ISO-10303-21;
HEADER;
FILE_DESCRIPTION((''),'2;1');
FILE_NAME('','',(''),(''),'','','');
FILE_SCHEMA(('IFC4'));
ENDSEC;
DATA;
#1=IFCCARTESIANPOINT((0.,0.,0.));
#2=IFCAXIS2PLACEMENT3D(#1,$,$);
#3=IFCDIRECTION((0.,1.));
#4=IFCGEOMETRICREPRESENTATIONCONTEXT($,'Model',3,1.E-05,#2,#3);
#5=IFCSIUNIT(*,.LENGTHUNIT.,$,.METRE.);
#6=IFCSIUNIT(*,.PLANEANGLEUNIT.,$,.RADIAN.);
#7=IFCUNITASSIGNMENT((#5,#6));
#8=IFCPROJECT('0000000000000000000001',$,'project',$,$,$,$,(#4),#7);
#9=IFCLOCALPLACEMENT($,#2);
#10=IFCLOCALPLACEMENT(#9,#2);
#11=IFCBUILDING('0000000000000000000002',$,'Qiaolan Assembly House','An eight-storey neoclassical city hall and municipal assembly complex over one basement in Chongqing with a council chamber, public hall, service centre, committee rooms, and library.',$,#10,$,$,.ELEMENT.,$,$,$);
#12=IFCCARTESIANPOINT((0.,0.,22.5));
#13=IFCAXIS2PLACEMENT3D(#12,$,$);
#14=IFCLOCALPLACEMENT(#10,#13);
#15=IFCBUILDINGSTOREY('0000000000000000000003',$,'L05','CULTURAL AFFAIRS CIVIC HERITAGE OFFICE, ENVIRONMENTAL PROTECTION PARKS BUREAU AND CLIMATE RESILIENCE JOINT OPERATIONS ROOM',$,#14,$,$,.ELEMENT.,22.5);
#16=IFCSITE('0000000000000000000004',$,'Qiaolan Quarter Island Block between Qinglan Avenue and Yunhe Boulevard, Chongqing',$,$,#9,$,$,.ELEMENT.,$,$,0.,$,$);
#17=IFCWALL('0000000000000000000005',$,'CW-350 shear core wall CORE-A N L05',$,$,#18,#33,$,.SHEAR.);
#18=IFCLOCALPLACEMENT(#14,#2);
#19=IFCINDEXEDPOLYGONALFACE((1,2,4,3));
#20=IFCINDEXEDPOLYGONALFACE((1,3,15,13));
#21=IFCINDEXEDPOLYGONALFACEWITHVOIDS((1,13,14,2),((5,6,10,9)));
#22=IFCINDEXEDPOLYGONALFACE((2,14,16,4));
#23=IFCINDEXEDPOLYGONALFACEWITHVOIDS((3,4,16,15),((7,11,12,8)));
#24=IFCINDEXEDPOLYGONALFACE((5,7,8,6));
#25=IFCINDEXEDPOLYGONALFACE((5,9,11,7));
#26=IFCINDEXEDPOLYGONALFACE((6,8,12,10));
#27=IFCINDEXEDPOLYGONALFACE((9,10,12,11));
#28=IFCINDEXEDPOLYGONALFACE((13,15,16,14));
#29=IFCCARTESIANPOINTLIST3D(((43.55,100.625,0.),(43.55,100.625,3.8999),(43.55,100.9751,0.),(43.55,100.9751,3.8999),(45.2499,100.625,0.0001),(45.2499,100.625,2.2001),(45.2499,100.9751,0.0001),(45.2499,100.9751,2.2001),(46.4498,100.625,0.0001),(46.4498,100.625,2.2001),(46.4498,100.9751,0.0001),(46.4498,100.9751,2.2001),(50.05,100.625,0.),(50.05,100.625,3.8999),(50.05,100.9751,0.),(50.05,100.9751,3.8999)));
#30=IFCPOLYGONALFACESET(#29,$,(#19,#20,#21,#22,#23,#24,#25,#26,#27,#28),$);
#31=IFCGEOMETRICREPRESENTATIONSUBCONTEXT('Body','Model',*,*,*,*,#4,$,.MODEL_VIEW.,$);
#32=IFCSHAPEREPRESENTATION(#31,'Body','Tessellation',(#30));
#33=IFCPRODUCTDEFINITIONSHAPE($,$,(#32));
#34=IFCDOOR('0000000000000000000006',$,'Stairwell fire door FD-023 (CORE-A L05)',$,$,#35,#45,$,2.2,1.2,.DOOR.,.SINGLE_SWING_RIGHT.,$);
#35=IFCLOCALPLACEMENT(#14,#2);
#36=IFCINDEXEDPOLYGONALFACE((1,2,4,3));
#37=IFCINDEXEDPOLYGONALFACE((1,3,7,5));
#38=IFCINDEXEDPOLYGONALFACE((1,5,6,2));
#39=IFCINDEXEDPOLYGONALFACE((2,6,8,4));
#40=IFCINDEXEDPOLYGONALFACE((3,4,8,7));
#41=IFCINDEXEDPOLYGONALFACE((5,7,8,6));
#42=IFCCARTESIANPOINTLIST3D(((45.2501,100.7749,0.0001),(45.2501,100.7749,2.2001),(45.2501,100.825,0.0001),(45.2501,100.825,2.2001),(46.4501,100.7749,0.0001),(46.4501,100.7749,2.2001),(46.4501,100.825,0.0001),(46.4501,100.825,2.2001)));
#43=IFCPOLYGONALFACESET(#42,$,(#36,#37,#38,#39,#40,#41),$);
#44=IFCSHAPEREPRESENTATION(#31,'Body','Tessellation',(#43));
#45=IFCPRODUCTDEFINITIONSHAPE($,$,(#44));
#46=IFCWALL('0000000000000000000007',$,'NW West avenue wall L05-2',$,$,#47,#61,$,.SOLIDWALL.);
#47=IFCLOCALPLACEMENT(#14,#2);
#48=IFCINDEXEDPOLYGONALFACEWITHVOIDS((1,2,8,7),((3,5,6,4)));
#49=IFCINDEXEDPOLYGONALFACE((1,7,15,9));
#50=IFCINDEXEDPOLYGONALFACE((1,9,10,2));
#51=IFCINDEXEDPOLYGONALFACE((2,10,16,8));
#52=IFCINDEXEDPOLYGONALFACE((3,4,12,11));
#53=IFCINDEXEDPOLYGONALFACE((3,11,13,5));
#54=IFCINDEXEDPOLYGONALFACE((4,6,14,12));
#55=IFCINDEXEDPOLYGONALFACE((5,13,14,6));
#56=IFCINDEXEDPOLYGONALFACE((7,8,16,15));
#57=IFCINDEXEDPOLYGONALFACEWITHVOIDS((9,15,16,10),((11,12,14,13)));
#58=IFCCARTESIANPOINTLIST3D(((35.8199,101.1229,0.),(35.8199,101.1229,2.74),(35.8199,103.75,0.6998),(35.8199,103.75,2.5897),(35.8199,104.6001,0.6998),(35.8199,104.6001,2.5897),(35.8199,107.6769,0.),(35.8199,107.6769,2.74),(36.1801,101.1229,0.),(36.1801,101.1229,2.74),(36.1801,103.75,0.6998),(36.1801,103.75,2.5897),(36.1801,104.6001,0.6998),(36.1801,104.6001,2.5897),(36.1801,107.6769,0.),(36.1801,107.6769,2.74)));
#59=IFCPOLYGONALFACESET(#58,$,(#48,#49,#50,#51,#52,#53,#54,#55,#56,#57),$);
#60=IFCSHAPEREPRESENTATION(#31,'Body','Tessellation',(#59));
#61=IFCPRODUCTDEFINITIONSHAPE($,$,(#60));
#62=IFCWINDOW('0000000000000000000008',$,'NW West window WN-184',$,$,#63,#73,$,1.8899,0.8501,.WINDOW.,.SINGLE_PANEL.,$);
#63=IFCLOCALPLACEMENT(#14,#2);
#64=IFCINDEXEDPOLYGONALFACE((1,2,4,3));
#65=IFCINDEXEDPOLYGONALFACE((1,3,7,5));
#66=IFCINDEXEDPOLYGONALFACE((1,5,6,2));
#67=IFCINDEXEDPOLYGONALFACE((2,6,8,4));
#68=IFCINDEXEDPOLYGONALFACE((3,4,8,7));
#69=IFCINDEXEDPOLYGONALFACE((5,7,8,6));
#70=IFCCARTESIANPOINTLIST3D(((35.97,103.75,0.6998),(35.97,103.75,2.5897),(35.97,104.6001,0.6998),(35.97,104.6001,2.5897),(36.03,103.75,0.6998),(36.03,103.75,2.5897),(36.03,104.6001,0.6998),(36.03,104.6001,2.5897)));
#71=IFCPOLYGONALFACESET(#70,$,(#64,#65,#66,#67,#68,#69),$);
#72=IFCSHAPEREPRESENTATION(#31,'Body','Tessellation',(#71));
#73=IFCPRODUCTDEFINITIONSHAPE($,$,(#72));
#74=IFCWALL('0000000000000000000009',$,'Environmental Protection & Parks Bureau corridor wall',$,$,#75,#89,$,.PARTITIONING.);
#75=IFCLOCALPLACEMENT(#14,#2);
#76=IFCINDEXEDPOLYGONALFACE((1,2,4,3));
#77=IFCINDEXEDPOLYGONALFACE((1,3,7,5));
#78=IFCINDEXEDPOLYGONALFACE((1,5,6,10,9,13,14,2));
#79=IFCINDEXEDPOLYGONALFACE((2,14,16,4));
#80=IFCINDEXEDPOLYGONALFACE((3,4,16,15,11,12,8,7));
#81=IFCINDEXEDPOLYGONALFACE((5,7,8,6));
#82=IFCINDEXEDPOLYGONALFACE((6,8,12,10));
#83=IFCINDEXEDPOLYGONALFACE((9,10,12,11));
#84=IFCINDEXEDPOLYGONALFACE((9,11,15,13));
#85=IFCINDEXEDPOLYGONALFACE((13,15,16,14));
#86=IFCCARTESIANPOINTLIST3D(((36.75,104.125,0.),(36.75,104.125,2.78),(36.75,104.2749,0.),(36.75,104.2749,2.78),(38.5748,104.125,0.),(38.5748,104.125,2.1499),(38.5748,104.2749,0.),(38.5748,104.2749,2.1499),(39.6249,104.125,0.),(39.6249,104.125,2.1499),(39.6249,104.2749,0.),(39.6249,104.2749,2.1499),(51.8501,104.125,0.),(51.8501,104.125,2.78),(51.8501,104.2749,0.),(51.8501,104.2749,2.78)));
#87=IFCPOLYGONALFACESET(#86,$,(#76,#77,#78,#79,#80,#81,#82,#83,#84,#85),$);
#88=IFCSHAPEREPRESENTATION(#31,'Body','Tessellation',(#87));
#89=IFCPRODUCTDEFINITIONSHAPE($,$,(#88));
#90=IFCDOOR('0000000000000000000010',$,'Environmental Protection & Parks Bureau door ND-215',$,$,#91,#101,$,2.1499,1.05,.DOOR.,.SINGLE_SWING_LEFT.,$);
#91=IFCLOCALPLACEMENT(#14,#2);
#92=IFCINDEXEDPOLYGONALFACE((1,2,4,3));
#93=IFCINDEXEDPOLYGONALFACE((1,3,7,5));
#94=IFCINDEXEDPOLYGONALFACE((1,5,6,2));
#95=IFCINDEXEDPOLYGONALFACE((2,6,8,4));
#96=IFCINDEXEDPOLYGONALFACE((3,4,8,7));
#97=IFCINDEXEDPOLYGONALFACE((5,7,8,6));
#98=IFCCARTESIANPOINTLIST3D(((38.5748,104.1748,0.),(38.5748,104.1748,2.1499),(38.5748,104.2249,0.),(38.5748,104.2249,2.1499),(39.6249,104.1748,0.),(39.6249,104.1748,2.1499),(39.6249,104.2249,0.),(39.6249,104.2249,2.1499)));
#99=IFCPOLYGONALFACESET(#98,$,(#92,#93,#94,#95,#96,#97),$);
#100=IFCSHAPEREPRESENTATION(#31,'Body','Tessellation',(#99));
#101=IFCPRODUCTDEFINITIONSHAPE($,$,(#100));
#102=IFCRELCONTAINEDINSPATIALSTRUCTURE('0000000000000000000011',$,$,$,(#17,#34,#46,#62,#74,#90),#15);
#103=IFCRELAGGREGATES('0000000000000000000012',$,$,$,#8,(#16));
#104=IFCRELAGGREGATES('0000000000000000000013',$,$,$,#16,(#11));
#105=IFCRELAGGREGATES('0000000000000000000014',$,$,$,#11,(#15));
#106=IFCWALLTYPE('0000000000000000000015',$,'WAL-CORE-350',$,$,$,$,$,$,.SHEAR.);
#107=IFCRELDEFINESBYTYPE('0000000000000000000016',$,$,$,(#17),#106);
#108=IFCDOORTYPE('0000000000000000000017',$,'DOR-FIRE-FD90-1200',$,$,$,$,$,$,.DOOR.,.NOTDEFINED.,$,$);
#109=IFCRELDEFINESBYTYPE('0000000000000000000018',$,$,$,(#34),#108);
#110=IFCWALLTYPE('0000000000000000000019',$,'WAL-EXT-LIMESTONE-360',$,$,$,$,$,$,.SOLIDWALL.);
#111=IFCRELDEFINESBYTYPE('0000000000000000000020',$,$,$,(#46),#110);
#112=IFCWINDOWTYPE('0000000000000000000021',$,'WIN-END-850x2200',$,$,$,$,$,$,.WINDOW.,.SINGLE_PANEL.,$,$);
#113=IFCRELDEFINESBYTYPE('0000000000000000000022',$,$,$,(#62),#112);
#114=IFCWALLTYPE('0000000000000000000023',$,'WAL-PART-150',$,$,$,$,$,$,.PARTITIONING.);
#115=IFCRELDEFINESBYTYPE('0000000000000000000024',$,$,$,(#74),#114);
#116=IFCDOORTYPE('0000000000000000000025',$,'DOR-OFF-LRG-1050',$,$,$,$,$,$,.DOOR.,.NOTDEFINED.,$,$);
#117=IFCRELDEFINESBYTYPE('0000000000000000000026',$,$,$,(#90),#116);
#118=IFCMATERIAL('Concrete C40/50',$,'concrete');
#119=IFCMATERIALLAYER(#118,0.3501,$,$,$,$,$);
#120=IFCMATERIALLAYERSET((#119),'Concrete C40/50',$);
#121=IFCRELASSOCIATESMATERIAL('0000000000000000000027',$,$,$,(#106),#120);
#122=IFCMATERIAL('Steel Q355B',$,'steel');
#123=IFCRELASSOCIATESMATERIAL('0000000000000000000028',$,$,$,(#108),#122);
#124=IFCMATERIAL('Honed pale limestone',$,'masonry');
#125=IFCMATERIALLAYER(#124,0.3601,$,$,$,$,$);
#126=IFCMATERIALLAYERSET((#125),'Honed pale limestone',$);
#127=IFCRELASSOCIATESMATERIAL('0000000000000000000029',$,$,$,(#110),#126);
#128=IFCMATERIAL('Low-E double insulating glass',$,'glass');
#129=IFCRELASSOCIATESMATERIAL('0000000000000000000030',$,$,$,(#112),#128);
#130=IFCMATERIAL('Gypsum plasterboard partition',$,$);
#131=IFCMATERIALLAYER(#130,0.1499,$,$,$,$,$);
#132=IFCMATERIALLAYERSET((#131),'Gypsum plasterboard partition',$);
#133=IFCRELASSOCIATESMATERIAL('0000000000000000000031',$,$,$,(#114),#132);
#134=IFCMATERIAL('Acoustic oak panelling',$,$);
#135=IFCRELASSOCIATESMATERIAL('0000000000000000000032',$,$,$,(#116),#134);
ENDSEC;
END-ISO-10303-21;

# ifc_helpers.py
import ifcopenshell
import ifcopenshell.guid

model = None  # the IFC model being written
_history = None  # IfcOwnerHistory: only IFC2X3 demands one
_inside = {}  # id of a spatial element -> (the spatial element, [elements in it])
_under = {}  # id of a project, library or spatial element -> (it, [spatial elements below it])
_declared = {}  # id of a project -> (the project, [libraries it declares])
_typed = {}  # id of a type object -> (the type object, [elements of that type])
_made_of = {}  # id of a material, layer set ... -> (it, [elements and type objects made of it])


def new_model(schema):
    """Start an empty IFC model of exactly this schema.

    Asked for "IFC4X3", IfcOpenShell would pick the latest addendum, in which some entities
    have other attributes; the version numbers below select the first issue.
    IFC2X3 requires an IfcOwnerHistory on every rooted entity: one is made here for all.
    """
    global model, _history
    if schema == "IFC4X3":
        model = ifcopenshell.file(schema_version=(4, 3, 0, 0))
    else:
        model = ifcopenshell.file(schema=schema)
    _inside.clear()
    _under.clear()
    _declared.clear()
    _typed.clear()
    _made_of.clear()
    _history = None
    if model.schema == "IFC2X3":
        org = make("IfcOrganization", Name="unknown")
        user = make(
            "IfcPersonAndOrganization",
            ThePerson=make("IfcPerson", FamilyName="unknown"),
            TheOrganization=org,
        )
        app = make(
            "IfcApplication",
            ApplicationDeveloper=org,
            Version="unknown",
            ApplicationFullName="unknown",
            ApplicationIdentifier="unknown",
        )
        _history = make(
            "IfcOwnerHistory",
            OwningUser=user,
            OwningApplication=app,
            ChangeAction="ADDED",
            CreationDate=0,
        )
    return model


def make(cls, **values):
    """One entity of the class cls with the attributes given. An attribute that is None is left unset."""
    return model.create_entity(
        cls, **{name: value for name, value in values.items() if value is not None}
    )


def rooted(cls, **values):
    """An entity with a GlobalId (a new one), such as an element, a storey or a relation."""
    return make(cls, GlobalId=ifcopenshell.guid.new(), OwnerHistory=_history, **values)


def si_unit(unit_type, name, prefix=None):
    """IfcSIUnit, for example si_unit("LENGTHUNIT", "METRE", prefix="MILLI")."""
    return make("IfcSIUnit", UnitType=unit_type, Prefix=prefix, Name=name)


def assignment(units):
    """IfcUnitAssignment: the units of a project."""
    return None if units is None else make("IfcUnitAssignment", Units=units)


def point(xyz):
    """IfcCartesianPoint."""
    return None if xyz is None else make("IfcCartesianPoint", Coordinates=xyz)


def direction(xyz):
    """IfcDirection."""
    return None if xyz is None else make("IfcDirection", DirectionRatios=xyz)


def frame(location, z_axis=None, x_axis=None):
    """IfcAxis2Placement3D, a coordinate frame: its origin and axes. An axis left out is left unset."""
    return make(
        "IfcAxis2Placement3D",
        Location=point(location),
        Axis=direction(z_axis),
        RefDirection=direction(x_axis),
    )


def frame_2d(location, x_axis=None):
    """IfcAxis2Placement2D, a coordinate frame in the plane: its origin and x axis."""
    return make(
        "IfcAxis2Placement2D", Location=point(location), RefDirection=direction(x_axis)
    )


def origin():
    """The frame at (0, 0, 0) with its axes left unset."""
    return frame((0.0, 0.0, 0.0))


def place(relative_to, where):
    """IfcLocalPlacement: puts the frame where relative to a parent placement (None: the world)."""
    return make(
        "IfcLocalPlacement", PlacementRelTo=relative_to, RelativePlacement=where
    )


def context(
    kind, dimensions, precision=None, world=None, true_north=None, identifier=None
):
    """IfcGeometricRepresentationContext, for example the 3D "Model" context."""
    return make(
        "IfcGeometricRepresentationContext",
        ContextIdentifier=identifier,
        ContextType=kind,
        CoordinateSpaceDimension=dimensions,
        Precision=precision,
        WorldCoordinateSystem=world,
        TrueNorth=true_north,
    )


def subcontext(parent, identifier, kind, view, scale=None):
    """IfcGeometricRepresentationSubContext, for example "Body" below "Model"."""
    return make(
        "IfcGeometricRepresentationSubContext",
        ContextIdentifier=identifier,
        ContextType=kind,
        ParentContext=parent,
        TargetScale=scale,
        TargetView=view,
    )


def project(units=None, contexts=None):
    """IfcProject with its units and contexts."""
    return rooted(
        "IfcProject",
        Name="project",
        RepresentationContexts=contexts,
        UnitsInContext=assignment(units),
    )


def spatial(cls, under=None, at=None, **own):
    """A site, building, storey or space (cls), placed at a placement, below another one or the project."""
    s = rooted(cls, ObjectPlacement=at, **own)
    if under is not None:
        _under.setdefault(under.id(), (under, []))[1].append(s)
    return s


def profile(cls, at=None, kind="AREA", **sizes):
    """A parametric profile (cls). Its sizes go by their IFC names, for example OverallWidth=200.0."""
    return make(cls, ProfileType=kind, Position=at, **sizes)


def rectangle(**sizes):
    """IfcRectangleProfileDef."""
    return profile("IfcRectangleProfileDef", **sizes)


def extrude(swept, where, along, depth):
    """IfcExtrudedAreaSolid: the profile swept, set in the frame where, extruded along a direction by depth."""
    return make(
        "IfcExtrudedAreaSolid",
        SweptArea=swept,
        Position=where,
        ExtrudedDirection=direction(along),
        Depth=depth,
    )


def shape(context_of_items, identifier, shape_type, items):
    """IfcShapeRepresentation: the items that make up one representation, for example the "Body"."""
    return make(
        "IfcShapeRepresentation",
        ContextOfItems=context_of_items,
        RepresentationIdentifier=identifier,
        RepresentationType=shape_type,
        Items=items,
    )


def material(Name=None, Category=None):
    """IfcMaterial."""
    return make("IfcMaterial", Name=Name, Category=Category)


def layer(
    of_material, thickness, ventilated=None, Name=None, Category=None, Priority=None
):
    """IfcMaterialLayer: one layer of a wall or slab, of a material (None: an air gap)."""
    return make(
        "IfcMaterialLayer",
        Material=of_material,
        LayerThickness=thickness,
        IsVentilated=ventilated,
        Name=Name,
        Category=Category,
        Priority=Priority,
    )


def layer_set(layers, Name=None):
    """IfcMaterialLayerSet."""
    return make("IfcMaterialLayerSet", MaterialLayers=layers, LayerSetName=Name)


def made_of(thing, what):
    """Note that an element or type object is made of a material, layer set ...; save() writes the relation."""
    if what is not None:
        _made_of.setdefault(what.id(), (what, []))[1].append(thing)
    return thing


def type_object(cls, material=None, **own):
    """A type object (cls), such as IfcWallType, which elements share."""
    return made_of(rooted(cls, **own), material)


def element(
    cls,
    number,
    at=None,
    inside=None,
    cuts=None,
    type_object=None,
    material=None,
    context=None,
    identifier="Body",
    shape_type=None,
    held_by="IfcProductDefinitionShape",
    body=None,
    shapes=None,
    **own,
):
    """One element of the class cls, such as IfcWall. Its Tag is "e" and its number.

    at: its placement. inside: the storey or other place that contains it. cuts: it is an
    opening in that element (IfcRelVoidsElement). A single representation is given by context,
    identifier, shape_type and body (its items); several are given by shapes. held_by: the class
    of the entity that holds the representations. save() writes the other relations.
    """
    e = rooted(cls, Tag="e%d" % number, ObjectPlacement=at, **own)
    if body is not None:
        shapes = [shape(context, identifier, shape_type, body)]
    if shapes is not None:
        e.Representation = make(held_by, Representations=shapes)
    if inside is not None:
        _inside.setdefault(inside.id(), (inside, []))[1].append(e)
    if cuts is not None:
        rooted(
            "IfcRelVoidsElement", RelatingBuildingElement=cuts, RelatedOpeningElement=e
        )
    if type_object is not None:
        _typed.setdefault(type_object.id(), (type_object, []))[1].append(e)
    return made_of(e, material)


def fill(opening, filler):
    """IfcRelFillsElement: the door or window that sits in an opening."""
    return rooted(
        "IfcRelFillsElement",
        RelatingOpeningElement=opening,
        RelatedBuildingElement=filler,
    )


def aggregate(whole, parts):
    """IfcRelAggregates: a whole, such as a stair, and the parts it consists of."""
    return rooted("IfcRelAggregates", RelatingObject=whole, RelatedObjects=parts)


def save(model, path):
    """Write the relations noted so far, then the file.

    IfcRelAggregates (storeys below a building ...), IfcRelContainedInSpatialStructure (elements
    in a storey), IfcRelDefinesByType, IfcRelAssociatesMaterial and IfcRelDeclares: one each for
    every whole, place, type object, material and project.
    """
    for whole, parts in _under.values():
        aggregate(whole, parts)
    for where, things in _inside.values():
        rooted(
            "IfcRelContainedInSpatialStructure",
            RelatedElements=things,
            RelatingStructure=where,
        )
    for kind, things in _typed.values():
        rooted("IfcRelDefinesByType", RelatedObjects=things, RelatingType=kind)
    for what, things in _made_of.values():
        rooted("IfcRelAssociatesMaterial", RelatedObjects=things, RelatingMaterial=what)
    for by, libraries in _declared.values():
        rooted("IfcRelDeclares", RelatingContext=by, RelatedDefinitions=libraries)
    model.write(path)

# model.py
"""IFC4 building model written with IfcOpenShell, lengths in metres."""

from ifc_helpers import new_model, si_unit, direction, frame, frame_2d, origin, place, context, subcontext, project, spatial, rectangle, extrude, material, layer, layer_set, type_object, element, fill, save


model = new_model("IFC4")

# Units and contexts
model_context = context("Model", 3, precision=1e-05, world=origin(), true_north=direction((0.0, 1.0)))
body_context = subcontext(model_context, "Body", "Model", "MODEL_VIEW")
ifc_project = project(units=[si_unit("LENGTHUNIT", "METRE"), si_unit("PLANEANGLEUNIT", "RADIAN")], contexts=[model_context])

# Site, building, storey
site_placement = place(None, origin())
site = spatial("IfcSite", under=ifc_project, at=site_placement, Name="Qiaolan Quarter Island Block between Qinglan Avenue and Yunhe Boulevard, Chongqing", CompositionType="ELEMENT", RefElevation=0.0)
building_placement = place(site_placement, origin())
building = spatial("IfcBuilding", under=site, at=building_placement, Name="Qiaolan Assembly House", Description="An eight-storey neoclassical city hall and municipal assembly complex over one basement in Chongqing with a council chamber, public hall, service centre, committee rooms, and library.", CompositionType="ELEMENT")
storey_placement = place(building_placement, frame((0.0, 0.0, 22.5)))
storey = spatial("IfcBuildingStorey", under=building, at=storey_placement, Name="L05", Description="CULTURAL AFFAIRS CIVIC HERITAGE OFFICE, ENVIRONMENTAL PROTECTION PARKS BUREAU AND CLIMATE RESILIENCE JOINT OPERATIONS ROOM", CompositionType="ELEMENT", Elevation=22.5)

# Shared definitions
ifc_material_1 = material(Name="Concrete C40/50", Category="concrete")

# Wall, opening, door
ifc_layer_1 = layer(ifc_material_1, 0.3501)
ifc_layer_set_1 = layer_set([ifc_layer_1], Name="Concrete C40/50")
wall_type_1 = type_object("IfcWallType", Name="WAL-CORE-350", PredefinedType="SHEAR", material=ifc_layer_set_1)
wall_1_placement = place(storey_placement, frame((50.05, 100.8, 0.0), z_axis=(0.0, 0.0, 1.0), x_axis=(-1.0, 0.0, 0.0)))
wall_1 = element("IfcWall", 1, at=wall_1_placement, inside=storey, type_object=wall_type_1, Name="CW-350 shear core wall CORE-A N L05", PredefinedType="SHEAR", context=body_context, shape_type="SweptSolid", body=[
    extrude(rectangle(XDim=6.5, YDim=0.3501, at=frame_2d((3.25, 0.0))), origin(), (0.0, 0.0, 1.0), 3.8999),
])
opening_1_placement = place(wall_1_placement, frame((3.6001, 0.0, 0.0)))
opening_1 = element("IfcOpeningElement", 2, at=opening_1_placement, cuts=wall_1, PredefinedType="OPENING", context=body_context, shape_type="SweptSolid", body=[
    extrude(rectangle(XDim=1.2, YDim=2.2, at=frame_2d((0.6001, 1.1001))), frame((0.0, 0.1851, 0.0), z_axis=(0.0, -1.0, 0.0), x_axis=(1.0, 0.0, 0.0)), (0.0, 0.0, 1.0), 0.3701),
])
ifc_material_2 = material(Name="Steel Q355B", Category="steel")
door_type_1 = type_object("IfcDoorType", Name="DOR-FIRE-FD90-1200", OperationType="NOTDEFINED", PredefinedType="DOOR", material=ifc_material_2)
door_1_placement = place(opening_1_placement, frame((1.2, 0.0, 0.0), z_axis=(0.0, 0.0, 1.0), x_axis=(-1.0, 0.0, 0.0)))
door_1 = element("IfcDoor", 3, at=door_1_placement, inside=storey, type_object=door_type_1, Name="Stairwell fire door FD-023 (CORE-A L05)", OperationType="SINGLE_SWING_RIGHT", OverallHeight=2.2, OverallWidth=1.2, PredefinedType="DOOR", context=body_context, shape_type="SweptSolid", body=[
    extrude(rectangle(XDim=1.2, YDim=2.2, at=frame_2d((0.6001, 1.1001))), frame((0.0, 0.0249, 0.0), z_axis=(0.0, -1.0, 0.0), x_axis=(1.0, 0.0, 0.0)), (0.0, 0.0, 1.0), 0.05),
])
fill(opening_1, door_1)

# Wall, opening, window
ifc_material_3 = material(Name="Honed pale limestone", Category="masonry")
ifc_layer_2 = layer(ifc_material_3, 0.3601)
ifc_layer_set_2 = layer_set([ifc_layer_2], Name="Honed pale limestone")
wall_type_2 = type_object("IfcWallType", Name="WAL-EXT-LIMESTONE-360", PredefinedType="SOLIDWALL", material=ifc_layer_set_2)
wall_2_placement = place(storey_placement, frame((36.0, 101.123, 0.0), z_axis=(0.0, 0.0, 1.0), x_axis=(0.0, 1.0, 0.0)))
wall_2 = element("IfcWall", 4, at=wall_2_placement, inside=storey, type_object=wall_type_2, Name="NW West avenue wall L05-2", PredefinedType="SOLIDWALL", context=body_context, shape_type="SweptSolid", body=[
    extrude(rectangle(XDim=6.554, YDim=0.3601, at=frame_2d((3.2769, 0.0))), origin(), (0.0, 0.0, 1.0), 2.74),
])
opening_2_placement = place(wall_2_placement, frame((2.627, 0.0, 0.7)))
opening_2 = element("IfcOpeningElement", 5, at=opening_2_placement, cuts=wall_2, PredefinedType="OPENING", context=body_context, shape_type="SweptSolid", body=[
    extrude(rectangle(XDim=0.8501, YDim=1.8899, at=frame_2d((0.425, 0.9448))), frame((0.0, 0.1899, 0.0), z_axis=(0.0, -1.0, 0.0), x_axis=(1.0, 0.0, 0.0)), (0.0, 0.0, 1.0), 0.3801),
])
ifc_material_4 = material(Name="Low-E double insulating glass", Category="glass")
window_type = type_object("IfcWindowType", Name="WIN-END-850x2200", PartitioningType="SINGLE_PANEL", PredefinedType="WINDOW", material=ifc_material_4)
window_placement = place(opening_2_placement, origin())
window = element("IfcWindow", 6, at=window_placement, inside=storey, type_object=window_type, Name="NW West window WN-184", OverallHeight=1.8899, OverallWidth=0.8501, PartitioningType="SINGLE_PANEL", PredefinedType="WINDOW", context=body_context, shape_type="SweptSolid", body=[
    extrude(rectangle(XDim=0.8501, YDim=1.8899, at=frame_2d((0.425, 0.9448))), frame((0.0, 0.03, 0.0), z_axis=(0.0, -1.0, 0.0), x_axis=(1.0, 0.0, 0.0)), (0.0, 0.0, 1.0), 0.0601),
])
fill(opening_2, window)

# Wall, opening, door
ifc_material_5 = material(Name="Gypsum plasterboard partition")
ifc_layer_3 = layer(ifc_material_5, 0.1499)
ifc_layer_set_3 = layer_set([ifc_layer_3], Name="Gypsum plasterboard partition")
wall_type_3 = type_object("IfcWallType", Name="WAL-PART-150", PredefinedType="PARTITIONING", material=ifc_layer_set_3)
wall_3_placement = place(storey_placement, frame((36.75, 104.2, 0.0), z_axis=(0.0, 0.0, 1.0), x_axis=(1.0, 0.0, 0.0)))
wall_3 = element("IfcWall", 7, at=wall_3_placement, inside=storey, type_object=wall_type_3, Name="Environmental Protection & Parks Bureau corridor wall", PredefinedType="PARTITIONING", context=body_context, shape_type="SweptSolid", body=[
    extrude(rectangle(XDim=15.1001, YDim=0.1499, at=frame_2d((7.55, 0.0))), origin(), (0.0, 0.0, 1.0), 2.78),
])
opening_3_placement = place(wall_3_placement, frame((1.825, 0.0, 0.0)))
opening_3 = element("IfcOpeningElement", 8, at=opening_3_placement, cuts=wall_3, PredefinedType="OPENING", context=body_context, shape_type="SweptSolid", body=[
    extrude(rectangle(XDim=1.05, YDim=2.1499, at=frame_2d((0.5249, 1.075))), frame((0.0, 0.085, 0.0), z_axis=(0.0, -1.0, 0.0), x_axis=(1.0, 0.0, 0.0)), (0.0, 0.0, 1.0), 0.1699),
])
ifc_material_6 = material(Name="Acoustic oak panelling")
door_type_2 = type_object("IfcDoorType", Name="DOR-OFF-LRG-1050", OperationType="NOTDEFINED", PredefinedType="DOOR", material=ifc_material_6)
door_2_placement = place(opening_3_placement, origin())
door_2 = element("IfcDoor", 9, at=door_2_placement, inside=storey, type_object=door_type_2, Name="Environmental Protection & Parks Bureau door ND-215", OperationType="SINGLE_SWING_LEFT", OverallHeight=2.1499, OverallWidth=1.05, PredefinedType="DOOR", context=body_context, shape_type="SweptSolid", body=[
    extrude(rectangle(XDim=1.05, YDim=2.1499, at=frame_2d((0.5249, 1.075))), frame((0.0, 0.0249, 0.0), z_axis=(0.0, -1.0, 0.0), x_axis=(1.0, 0.0, 0.0)), (0.0, 0.0, 1.0), 0.05),
])
fill(opening_3, door_2)

save(model, "model.ifc")
